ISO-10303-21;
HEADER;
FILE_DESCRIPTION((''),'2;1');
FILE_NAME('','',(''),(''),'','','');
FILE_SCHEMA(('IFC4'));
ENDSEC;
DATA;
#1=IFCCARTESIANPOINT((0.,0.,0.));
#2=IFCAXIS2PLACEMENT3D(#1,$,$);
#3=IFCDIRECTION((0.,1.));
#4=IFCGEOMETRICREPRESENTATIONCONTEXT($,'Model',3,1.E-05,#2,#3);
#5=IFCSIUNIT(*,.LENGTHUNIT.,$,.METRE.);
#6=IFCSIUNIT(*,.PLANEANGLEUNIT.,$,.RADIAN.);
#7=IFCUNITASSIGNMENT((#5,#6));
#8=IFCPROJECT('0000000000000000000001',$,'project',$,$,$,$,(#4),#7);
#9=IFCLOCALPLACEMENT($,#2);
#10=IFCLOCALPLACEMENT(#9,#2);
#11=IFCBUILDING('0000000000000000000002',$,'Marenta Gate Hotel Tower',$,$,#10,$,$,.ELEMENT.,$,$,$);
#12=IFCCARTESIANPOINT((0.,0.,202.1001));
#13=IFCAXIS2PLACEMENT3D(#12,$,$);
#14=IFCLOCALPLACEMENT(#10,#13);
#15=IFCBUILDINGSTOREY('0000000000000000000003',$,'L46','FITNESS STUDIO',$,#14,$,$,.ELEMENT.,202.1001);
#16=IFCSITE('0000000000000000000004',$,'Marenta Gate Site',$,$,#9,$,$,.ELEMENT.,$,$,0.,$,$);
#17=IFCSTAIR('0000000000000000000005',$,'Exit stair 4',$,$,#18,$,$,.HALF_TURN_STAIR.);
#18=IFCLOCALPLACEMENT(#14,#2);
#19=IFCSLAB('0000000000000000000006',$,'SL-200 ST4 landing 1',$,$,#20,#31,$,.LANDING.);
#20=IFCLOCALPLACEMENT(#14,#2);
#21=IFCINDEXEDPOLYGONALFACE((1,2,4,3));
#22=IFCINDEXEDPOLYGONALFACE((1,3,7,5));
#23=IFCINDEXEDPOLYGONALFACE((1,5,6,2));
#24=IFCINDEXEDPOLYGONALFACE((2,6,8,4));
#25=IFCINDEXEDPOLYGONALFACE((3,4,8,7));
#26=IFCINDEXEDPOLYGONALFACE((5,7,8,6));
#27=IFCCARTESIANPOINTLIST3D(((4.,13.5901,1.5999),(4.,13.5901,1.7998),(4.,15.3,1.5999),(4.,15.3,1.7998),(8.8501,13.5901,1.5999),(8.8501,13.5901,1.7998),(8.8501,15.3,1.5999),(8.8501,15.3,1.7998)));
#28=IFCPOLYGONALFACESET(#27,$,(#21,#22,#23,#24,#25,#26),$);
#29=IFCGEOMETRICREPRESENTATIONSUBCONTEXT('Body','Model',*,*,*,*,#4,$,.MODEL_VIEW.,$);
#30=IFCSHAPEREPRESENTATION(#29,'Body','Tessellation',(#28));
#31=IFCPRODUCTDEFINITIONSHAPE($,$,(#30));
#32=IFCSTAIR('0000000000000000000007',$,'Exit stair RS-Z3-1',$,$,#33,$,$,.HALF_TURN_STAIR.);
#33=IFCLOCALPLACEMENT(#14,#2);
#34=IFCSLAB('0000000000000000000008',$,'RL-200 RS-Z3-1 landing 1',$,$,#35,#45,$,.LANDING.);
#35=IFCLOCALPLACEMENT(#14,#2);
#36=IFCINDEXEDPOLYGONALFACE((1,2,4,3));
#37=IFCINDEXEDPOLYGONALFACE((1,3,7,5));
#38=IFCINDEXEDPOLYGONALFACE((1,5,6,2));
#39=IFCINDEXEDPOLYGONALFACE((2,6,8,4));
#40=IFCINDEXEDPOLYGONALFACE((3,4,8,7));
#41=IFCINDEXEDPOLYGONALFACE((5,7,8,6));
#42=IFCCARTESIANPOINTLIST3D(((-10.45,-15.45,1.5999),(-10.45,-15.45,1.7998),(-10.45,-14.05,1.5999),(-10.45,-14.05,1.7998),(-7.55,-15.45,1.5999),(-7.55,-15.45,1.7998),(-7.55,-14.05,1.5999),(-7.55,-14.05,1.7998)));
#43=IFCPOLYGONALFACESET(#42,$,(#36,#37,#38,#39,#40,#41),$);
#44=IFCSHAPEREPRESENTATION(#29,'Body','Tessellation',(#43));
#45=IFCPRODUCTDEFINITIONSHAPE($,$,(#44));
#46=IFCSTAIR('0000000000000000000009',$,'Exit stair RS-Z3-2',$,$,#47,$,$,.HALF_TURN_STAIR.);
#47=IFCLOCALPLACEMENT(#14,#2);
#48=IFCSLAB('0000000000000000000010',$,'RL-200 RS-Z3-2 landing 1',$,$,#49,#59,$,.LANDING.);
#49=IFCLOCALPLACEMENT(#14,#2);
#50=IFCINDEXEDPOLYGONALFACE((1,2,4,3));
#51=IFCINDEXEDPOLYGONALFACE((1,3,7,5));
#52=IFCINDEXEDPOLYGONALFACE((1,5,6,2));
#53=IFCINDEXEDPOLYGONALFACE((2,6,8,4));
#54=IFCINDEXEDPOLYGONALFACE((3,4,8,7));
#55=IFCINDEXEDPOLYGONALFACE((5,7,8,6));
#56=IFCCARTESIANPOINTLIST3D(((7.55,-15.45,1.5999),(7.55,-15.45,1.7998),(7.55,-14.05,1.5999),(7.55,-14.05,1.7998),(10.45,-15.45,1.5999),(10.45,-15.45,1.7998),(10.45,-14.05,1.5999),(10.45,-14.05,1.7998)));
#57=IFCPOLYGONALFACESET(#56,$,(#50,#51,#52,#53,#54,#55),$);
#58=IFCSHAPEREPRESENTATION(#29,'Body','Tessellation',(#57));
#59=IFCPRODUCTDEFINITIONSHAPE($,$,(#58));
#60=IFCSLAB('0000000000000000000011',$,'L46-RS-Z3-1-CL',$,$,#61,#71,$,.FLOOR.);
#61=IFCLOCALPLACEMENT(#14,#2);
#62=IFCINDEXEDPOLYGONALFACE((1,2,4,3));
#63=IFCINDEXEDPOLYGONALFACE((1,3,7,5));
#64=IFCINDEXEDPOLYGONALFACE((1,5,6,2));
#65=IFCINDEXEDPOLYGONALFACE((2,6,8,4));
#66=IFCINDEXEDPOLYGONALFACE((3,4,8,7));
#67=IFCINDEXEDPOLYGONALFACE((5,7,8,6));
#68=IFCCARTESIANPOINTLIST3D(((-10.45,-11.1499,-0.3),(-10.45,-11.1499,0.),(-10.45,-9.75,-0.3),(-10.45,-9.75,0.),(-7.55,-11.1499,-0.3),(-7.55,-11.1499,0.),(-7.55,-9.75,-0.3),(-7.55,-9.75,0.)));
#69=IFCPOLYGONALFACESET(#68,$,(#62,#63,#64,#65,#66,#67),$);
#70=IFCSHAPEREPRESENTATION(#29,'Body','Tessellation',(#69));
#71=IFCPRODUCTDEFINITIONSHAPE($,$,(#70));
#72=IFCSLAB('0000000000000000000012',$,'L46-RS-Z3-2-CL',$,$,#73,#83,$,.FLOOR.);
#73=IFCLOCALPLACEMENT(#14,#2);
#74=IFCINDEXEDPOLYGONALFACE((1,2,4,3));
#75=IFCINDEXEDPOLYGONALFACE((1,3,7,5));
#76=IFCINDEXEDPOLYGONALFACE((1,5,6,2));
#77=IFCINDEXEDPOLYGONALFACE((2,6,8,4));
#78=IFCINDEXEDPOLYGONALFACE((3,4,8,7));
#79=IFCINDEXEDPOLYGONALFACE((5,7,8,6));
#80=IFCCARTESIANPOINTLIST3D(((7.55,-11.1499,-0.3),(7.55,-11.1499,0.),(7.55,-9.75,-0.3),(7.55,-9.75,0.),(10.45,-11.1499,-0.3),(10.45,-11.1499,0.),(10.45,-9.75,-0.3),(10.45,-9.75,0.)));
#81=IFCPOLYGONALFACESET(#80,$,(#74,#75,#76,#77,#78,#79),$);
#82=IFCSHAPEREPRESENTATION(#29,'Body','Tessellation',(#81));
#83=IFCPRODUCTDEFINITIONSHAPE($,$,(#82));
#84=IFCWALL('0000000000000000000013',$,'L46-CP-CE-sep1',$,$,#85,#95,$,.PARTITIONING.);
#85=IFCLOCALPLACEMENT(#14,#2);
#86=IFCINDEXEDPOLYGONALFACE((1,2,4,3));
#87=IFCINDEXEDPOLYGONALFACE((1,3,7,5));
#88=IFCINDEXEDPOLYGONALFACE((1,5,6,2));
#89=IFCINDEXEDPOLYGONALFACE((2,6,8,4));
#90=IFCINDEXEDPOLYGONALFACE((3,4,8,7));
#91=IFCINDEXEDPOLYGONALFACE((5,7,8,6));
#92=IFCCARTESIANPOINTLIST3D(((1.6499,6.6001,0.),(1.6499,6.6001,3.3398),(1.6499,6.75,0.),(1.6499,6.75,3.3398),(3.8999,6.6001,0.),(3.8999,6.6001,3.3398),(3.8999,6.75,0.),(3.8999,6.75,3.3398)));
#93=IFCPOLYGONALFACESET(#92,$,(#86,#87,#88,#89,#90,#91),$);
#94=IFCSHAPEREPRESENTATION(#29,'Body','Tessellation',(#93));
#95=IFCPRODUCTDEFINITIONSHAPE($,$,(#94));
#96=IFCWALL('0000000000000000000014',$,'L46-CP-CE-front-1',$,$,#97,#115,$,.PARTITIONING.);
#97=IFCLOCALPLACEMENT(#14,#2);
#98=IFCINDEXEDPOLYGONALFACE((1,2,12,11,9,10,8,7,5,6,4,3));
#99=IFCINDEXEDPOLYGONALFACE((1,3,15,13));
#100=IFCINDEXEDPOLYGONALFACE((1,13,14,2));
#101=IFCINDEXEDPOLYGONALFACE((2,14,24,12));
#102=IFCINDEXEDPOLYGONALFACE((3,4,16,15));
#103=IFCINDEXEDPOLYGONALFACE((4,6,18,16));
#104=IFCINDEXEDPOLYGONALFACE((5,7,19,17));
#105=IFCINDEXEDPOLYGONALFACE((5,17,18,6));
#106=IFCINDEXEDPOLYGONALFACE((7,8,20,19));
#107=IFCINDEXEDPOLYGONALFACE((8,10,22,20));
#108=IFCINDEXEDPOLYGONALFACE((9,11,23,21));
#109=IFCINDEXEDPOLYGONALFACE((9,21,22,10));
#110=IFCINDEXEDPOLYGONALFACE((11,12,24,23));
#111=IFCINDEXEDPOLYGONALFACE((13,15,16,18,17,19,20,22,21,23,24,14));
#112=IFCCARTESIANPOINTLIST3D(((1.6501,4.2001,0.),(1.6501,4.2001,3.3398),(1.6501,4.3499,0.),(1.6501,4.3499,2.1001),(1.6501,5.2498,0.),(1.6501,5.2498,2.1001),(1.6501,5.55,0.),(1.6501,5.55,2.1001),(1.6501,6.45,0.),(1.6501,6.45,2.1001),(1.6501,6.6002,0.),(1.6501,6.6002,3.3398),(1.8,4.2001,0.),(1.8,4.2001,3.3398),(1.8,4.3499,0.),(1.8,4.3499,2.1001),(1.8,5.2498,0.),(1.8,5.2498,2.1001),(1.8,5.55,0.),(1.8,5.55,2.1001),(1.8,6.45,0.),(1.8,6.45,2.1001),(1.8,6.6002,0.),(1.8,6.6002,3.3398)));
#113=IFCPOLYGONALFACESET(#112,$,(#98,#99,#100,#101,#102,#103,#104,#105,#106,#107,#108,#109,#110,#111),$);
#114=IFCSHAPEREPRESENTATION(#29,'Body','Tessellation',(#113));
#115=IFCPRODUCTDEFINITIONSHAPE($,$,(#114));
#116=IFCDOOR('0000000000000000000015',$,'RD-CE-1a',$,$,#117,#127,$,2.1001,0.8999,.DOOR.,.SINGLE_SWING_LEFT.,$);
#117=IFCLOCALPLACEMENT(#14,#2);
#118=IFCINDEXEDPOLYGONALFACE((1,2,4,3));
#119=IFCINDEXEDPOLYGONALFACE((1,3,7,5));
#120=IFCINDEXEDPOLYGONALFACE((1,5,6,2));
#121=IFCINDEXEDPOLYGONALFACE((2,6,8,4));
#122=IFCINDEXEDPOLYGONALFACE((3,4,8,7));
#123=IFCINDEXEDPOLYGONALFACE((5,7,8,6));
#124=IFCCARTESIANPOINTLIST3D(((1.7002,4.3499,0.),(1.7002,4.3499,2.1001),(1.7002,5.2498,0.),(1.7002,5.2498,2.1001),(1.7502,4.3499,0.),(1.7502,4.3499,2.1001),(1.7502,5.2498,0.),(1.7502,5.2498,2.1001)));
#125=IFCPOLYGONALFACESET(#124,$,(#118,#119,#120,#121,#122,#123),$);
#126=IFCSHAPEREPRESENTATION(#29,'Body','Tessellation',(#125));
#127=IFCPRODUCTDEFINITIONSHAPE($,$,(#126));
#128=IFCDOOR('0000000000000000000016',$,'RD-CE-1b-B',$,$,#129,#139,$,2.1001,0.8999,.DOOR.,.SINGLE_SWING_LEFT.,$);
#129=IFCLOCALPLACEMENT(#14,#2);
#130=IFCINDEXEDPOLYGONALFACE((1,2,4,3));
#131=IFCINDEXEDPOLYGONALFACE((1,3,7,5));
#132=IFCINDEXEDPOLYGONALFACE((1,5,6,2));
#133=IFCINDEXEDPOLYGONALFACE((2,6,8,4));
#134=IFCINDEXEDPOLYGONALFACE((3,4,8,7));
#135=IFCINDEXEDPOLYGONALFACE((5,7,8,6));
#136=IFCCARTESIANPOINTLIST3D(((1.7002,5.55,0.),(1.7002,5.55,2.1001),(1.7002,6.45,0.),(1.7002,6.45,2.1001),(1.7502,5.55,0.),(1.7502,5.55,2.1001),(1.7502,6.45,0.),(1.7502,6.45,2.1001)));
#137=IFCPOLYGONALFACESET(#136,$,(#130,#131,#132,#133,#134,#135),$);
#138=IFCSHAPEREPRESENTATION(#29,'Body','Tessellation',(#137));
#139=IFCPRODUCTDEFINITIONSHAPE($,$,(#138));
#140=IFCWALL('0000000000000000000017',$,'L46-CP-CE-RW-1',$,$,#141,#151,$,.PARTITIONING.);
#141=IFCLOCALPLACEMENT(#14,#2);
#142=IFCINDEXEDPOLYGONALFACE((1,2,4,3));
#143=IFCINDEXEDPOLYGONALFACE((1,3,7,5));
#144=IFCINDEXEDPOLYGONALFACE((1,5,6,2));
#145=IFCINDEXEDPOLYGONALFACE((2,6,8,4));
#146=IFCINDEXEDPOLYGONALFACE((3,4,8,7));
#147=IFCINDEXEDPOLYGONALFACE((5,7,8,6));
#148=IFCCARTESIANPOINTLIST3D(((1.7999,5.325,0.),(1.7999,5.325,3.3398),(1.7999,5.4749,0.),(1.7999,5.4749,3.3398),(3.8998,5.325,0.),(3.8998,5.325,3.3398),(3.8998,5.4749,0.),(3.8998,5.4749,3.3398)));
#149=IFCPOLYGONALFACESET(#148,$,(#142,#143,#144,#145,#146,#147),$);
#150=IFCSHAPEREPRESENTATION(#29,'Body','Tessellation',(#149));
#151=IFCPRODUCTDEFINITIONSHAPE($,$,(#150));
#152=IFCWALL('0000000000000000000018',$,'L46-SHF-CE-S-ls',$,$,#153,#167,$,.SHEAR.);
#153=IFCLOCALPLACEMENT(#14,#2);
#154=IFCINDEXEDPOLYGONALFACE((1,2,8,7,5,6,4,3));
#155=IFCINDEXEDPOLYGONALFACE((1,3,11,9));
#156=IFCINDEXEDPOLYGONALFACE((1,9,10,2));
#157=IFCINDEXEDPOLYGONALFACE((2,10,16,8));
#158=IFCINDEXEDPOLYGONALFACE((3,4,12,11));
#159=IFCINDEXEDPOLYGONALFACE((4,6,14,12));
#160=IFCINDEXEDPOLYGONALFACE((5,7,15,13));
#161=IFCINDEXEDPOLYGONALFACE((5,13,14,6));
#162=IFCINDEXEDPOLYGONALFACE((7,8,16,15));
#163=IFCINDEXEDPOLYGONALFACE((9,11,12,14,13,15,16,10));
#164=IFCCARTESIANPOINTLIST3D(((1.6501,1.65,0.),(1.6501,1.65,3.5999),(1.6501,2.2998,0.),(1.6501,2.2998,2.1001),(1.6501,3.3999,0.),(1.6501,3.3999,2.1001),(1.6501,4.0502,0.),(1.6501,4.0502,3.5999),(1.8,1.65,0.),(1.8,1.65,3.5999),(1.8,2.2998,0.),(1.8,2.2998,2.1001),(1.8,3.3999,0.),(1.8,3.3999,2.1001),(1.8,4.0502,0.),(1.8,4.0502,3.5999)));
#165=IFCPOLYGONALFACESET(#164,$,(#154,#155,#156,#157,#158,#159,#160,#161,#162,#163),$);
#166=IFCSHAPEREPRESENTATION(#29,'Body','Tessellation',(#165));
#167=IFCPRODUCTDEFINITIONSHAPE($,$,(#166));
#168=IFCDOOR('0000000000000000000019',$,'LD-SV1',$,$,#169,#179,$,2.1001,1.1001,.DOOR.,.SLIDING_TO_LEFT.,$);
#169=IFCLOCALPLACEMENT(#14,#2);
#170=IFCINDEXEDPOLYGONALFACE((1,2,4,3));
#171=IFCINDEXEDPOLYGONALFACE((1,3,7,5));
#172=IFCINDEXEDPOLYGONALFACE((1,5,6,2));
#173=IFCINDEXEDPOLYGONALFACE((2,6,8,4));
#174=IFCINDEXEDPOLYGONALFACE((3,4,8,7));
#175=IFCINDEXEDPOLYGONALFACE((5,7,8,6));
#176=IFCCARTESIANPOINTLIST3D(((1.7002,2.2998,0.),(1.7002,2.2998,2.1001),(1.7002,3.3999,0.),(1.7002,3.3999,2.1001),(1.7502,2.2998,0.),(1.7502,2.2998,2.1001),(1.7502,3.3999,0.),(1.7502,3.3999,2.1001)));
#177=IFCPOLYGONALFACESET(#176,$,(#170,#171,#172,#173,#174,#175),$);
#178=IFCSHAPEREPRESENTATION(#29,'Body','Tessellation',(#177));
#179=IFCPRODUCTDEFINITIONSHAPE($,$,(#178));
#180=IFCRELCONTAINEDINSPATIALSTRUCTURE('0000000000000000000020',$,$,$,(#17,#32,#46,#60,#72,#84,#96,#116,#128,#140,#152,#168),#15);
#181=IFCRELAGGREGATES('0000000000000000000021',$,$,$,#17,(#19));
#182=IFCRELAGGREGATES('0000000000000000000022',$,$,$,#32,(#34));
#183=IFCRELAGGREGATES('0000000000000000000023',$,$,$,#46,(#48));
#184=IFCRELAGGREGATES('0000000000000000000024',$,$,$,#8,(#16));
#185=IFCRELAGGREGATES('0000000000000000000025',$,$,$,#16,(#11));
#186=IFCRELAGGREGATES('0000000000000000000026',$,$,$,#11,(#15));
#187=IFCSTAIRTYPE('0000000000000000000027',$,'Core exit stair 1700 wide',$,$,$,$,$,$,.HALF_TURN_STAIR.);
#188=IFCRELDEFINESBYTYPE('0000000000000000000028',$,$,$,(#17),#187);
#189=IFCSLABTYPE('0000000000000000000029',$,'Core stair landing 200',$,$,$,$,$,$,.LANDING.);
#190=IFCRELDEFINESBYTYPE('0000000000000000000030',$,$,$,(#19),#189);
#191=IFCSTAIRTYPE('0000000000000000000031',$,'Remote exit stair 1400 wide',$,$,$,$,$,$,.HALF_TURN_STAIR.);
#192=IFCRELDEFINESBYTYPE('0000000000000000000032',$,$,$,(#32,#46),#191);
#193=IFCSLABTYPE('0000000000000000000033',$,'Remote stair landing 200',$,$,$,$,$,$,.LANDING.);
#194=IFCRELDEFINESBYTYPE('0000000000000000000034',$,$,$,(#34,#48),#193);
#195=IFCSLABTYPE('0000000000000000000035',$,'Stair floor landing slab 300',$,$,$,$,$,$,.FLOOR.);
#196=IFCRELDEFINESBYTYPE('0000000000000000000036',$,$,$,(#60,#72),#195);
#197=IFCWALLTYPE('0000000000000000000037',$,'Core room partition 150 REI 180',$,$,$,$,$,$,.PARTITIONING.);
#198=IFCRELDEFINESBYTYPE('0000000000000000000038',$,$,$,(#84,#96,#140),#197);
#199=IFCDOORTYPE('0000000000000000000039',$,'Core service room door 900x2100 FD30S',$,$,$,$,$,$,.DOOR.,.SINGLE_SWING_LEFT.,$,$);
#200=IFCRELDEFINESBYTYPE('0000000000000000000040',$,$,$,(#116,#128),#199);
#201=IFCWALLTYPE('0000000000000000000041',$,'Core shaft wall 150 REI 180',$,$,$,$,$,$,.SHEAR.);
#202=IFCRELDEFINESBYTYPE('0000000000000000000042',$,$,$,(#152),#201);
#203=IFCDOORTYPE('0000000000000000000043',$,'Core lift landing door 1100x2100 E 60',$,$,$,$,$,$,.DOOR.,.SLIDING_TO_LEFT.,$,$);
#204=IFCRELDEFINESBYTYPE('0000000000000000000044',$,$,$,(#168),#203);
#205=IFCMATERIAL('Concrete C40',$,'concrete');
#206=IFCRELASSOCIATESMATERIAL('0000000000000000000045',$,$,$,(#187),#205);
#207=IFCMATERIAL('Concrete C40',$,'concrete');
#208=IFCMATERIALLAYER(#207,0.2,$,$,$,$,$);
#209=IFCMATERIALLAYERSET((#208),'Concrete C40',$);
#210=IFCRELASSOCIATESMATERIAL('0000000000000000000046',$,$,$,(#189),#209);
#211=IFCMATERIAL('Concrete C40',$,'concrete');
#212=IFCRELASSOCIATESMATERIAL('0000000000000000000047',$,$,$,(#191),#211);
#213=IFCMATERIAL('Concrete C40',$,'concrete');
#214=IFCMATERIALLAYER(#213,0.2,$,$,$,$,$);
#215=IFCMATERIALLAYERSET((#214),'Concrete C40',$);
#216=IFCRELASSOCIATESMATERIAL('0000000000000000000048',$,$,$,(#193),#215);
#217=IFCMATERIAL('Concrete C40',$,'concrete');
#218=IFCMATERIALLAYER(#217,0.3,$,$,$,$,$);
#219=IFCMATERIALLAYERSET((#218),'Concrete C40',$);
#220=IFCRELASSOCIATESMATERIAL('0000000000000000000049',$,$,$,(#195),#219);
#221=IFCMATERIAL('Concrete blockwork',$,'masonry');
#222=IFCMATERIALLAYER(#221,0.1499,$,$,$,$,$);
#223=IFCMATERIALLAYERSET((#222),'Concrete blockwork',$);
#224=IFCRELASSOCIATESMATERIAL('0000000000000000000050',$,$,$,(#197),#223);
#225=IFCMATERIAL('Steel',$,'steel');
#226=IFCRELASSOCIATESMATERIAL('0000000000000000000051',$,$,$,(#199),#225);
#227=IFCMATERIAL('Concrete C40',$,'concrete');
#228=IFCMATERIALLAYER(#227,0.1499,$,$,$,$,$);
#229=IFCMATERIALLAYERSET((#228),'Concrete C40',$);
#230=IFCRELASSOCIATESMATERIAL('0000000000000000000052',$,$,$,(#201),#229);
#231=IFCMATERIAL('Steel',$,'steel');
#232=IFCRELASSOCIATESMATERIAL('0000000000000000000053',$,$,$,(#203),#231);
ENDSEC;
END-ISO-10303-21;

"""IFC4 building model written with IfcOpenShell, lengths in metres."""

from ifc_helpers import new_model, si_unit, direction, frame, frame_2d, origin, place, context, subcontext, project, spatial, polyline, rectangle, outline, extrude, material, layer, layer_set, type_object, element, fill, aggregate, save


model = new_model("IFC4")

# Units and contexts
model_context = context("Model", 3, precision=1e-05, world=origin(), true_north=direction((0.0, 1.0)))
body_context = subcontext(model_context, "Body", "Model", "MODEL_VIEW")
ifc_project = project(units=[si_unit("LENGTHUNIT", "METRE"), si_unit("PLANEANGLEUNIT", "RADIAN")], contexts=[model_context])

# Site, building, storey
site_placement = place(None, origin())
site = spatial("IfcSite", under=ifc_project, at=site_placement, Name="Marenta Gate Site", CompositionType="ELEMENT", RefElevation=0.0)
building_placement = place(site_placement, origin())
building = spatial("IfcBuilding", under=site, at=building_placement, Name="Marenta Gate Hotel Tower", CompositionType="ELEMENT")
storey_placement = place(building_placement, frame((0.0, 0.0, 202.1001)))
storey = spatial("IfcBuildingStorey", under=building, at=storey_placement, Name="L46", Description="FITNESS STUDIO", CompositionType="ELEMENT", Elevation=202.1001)

# Stairs, slabs
ifc_material_1 = material(Name="Concrete C40", Category="concrete")
stair_type_1 = type_object("IfcStairType", Name="Core exit stair 1700 wide", PredefinedType="HALF_TURN_STAIR", material=ifc_material_1)
ifc_material_2 = material(Name="Concrete C40", Category="concrete")
ifc_layer_1 = layer(ifc_material_2, 0.2)
ifc_layer_set_1 = layer_set([ifc_layer_1], Name="Concrete C40")
slab_type_1 = type_object("IfcSlabType", Name="Core stair landing 200", PredefinedType="LANDING", material=ifc_layer_set_1)
stair_1_placement = place(storey_placement, origin())
stair_1 = element("IfcStair", 1, at=stair_1_placement, inside=storey, type_object=stair_type_1, Name="Exit stair 4", PredefinedType="HALF_TURN_STAIR")
slab_1_placement = place(storey_placement, frame((0.0, 0.0, 1.5999)))
slab_1 = element("IfcSlab", 2, at=slab_1_placement, type_object=slab_type_1, Name="SL-200 ST4 landing 1", PredefinedType="LANDING", context=body_context, shape_type="SweptSolid", body=[
    extrude(outline(polyline([(4.0, 13.5901), (8.8501, 13.5901), (8.8501, 15.3), (4.0, 15.3), (4.0, 13.5901)])), origin(), (0.0, 0.0, 1.0), 0.2),
])
aggregate(stair_1, [slab_1])
ifc_material_3 = material(Name="Concrete C40", Category="concrete")
stair_type_2 = type_object("IfcStairType", Name="Remote exit stair 1400 wide", PredefinedType="HALF_TURN_STAIR", material=ifc_material_3)
stair_2_placement = place(storey_placement, origin())
stair_2 = element("IfcStair", 3, at=stair_2_placement, inside=storey, type_object=stair_type_2, Name="Exit stair RS-Z3-1", PredefinedType="HALF_TURN_STAIR")
ifc_material_4 = material(Name="Concrete C40", Category="concrete")
ifc_layer_2 = layer(ifc_material_4, 0.2)
ifc_layer_set_2 = layer_set([ifc_layer_2], Name="Concrete C40")
slab_type_2 = type_object("IfcSlabType", Name="Remote stair landing 200", PredefinedType="LANDING", material=ifc_layer_set_2)
slab_2_placement = place(storey_placement, frame((0.0, 0.0, 1.5999)))
slab_2 = element("IfcSlab", 4, at=slab_2_placement, type_object=slab_type_2, Name="RL-200 RS-Z3-1 landing 1", PredefinedType="LANDING", context=body_context, shape_type="SweptSolid", body=[
    extrude(outline(polyline([(-10.45, -15.45), (-7.55, -15.45), (-7.55, -14.05), (-10.45, -14.05), (-10.45, -15.45)])), origin(), (0.0, 0.0, 1.0), 0.2),
])
aggregate(stair_2, [slab_2])
stair_3_placement = place(storey_placement, origin())
stair_3 = element("IfcStair", 5, at=stair_3_placement, inside=storey, type_object=stair_type_2, Name="Exit stair RS-Z3-2", PredefinedType="HALF_TURN_STAIR")
slab_3_placement = place(storey_placement, frame((0.0, 0.0, 1.5999)))
slab_3 = element("IfcSlab", 6, at=slab_3_placement, type_object=slab_type_2, Name="RL-200 RS-Z3-2 landing 1", PredefinedType="LANDING", context=body_context, shape_type="SweptSolid", body=[
    extrude(outline(polyline([(7.55, -15.45), (10.45, -15.45), (10.45, -14.05), (7.55, -14.05), (7.55, -15.45)])), origin(), (0.0, 0.0, 1.0), 0.2),
])
aggregate(stair_3, [slab_3])

# Slabs
ifc_material_5 = material(Name="Concrete C40", Category="concrete")
ifc_layer_3 = layer(ifc_material_5, 0.3)
ifc_layer_set_3 = layer_set([ifc_layer_3], Name="Concrete C40")
slab_type_3 = type_object("IfcSlabType", Name="Stair floor landing slab 300", PredefinedType="FLOOR", material=ifc_layer_set_3)
slab_4_placement = place(storey_placement, frame((0.0, 0.0, -0.3)))
element("IfcSlab", 7, at=slab_4_placement, inside=storey, type_object=slab_type_3, Name="L46-RS-Z3-1-CL", PredefinedType="FLOOR", context=body_context, shape_type="SweptSolid", body=[
    extrude(outline(polyline([(-7.55, -11.1499), (-7.55, -9.75), (-10.45, -9.75), (-10.45, -11.1499), (-7.55, -11.1499)])), origin(), (0.0, 0.0, 1.0), 0.3),
])
slab_5_placement = place(storey_placement, frame((0.0, 0.0, -0.3)))
element("IfcSlab", 8, at=slab_5_placement, inside=storey, type_object=slab_type_3, Name="L46-RS-Z3-2-CL", PredefinedType="FLOOR", context=body_context, shape_type="SweptSolid", body=[
    extrude(outline(polyline([(10.45, -11.1499), (10.45, -9.75), (7.55, -9.75), (7.55, -11.1499), (10.45, -11.1499)])), origin(), (0.0, 0.0, 1.0), 0.3),
])

# Wall
ifc_material_6 = material(Name="Concrete blockwork", Category="masonry")
ifc_layer_4 = layer(ifc_material_6, 0.1499)
ifc_layer_set_4 = layer_set([ifc_layer_4], Name="Concrete blockwork")
wall_type_1 = type_object("IfcWallType", Name="Core room partition 150 REI 180", PredefinedType="PARTITIONING", material=ifc_layer_set_4)
wall_1_placement = place(storey_placement, frame((1.6499, 6.675, 0.0), z_axis=(0.0, 0.0, 1.0), x_axis=(1.0, 0.0, 0.0)))
element("IfcWall", 9, at=wall_1_placement, inside=storey, type_object=wall_type_1, Name="L46-CP-CE-sep1", PredefinedType="PARTITIONING", context=body_context, shape_type="SweptSolid", body=[
    extrude(rectangle(XDim=2.25, YDim=0.1499, at=frame_2d((1.125, 0.0))), origin(), (0.0, 0.0, 1.0), 3.3398),
])

# Wall, openings, doors
wall_2_placement = place(storey_placement, frame((1.7251, 4.2, 0.0), z_axis=(0.0, 0.0, 1.0), x_axis=(0.0, 1.0, 0.0)))
wall_2 = element("IfcWall", 10, at=wall_2_placement, inside=storey, type_object=wall_type_1, Name="L46-CP-CE-front-1", PredefinedType="PARTITIONING", context=body_context, shape_type="SweptSolid", body=[
    extrude(rectangle(XDim=2.4001, YDim=0.1499, at=frame_2d((1.2002, 0.0))), origin(), (0.0, 0.0, 1.0), 3.3398),
])
opening_1_placement = place(wall_2_placement, frame((0.1499, 0.0, 0.0)))
opening_1 = element("IfcOpeningElement", 11, at=opening_1_placement, cuts=wall_2, PredefinedType="OPENING", context=body_context, shape_type="SweptSolid", body=[
    extrude(rectangle(XDim=0.8999, YDim=2.1001, at=frame_2d((0.45, 1.05))), frame((0.0, 0.075, 0.0), z_axis=(0.0, -1.0, 0.0), x_axis=(1.0, 0.0, 0.0)), (0.0, 0.0, 1.0), 0.1499),
])
opening_2_placement = place(wall_2_placement, frame((1.3501, 0.0, 0.0)))
opening_2 = element("IfcOpeningElement", 12, at=opening_2_placement, cuts=wall_2, PredefinedType="OPENING", context=body_context, shape_type="SweptSolid", body=[
    extrude(rectangle(XDim=0.8999, YDim=2.1001, at=frame_2d((0.45, 1.05))), frame((0.0, 0.075, 0.0), z_axis=(0.0, -1.0, 0.0), x_axis=(1.0, 0.0, 0.0)), (0.0, 0.0, 1.0), 0.1499),
])
ifc_material_7 = material(Name="Steel", Category="steel")
door_type_1 = type_object("IfcDoorType", Name="Core service room door 900x2100 FD30S", OperationType="SINGLE_SWING_LEFT", PredefinedType="DOOR", material=ifc_material_7)
door_1_placement = place(opening_1_placement, origin())
door_1 = element("IfcDoor", 13, at=door_1_placement, inside=storey, type_object=door_type_1, Name="RD-CE-1a", OperationType="SINGLE_SWING_LEFT", OverallHeight=2.1001, OverallWidth=0.8999, PredefinedType="DOOR", context=body_context, shape_type="SweptSolid", body=[
    extrude(rectangle(XDim=0.8999, YDim=2.1001, at=frame_2d((0.45, 1.05))), frame((0.0, 0.0249, 0.0), z_axis=(0.0, -1.0, 0.0), x_axis=(1.0, 0.0, 0.0)), (0.0, 0.0, 1.0), 0.05),
])
fill(opening_1, door_1)
door_2_placement = place(opening_2_placement, origin())
door_2 = element("IfcDoor", 14, at=door_2_placement, inside=storey, type_object=door_type_1, Name="RD-CE-1b-B", OperationType="SINGLE_SWING_LEFT", OverallHeight=2.1001, OverallWidth=0.8999, PredefinedType="DOOR", context=body_context, shape_type="SweptSolid", body=[
    extrude(rectangle(XDim=0.8999, YDim=2.1001, at=frame_2d((0.45, 1.05))), frame((0.0, 0.0249, 0.0), z_axis=(0.0, -1.0, 0.0), x_axis=(1.0, 0.0, 0.0)), (0.0, 0.0, 1.0), 0.05),
])
fill(opening_2, door_2)

# Wall
wall_3_placement = place(storey_placement, frame((1.8, 5.3999, 0.0), z_axis=(0.0, 0.0, 1.0), x_axis=(1.0, 0.0, 0.0)))
element("IfcWall", 15, at=wall_3_placement, inside=storey, type_object=wall_type_1, Name="L46-CP-CE-RW-1", PredefinedType="PARTITIONING", context=body_context, shape_type="SweptSolid", body=[
    extrude(rectangle(XDim=2.0999, YDim=0.1499, at=frame_2d((1.0498, 0.0))), origin(), (0.0, 0.0, 1.0), 3.3398),
])

# Wall, opening, door
ifc_material_8 = material(Name="Concrete C40", Category="concrete")
ifc_layer_5 = layer(ifc_material_8, 0.1499)
ifc_layer_set_5 = layer_set([ifc_layer_5], Name="Concrete C40")
wall_type_2 = type_object("IfcWallType", Name="Core shaft wall 150 REI 180", PredefinedType="SHEAR", material=ifc_layer_set_5)
wall_4_placement = place(storey_placement, frame((1.7251, 1.6499, 0.0), z_axis=(0.0, 0.0, 1.0), x_axis=(0.0, 1.0, 0.0)))
wall_4 = element("IfcWall", 16, at=wall_4_placement, inside=storey, type_object=wall_type_2, Name="L46-SHF-CE-S-ls", PredefinedType="SHEAR", context=body_context, shape_type="SweptSolid", body=[
    extrude(rectangle(XDim=2.4001, YDim=0.1499, at=frame_2d((1.2002, 0.0))), origin(), (0.0, 0.0, 1.0), 3.5999),
])
opening_3_placement = place(wall_4_placement, frame((0.6499, 0.0, 0.0)))
opening_3 = element("IfcOpeningElement", 17, at=opening_3_placement, cuts=wall_4, PredefinedType="OPENING", context=body_context, shape_type="SweptSolid", body=[
    extrude(rectangle(XDim=1.1001, YDim=2.1001, at=frame_2d((0.55, 1.05))), frame((0.0, 0.075, 0.0), z_axis=(0.0, -1.0, 0.0), x_axis=(1.0, 0.0, 0.0)), (0.0, 0.0, 1.0), 0.1499),
])
ifc_material_9 = material(Name="Steel", Category="steel")
door_type_2 = type_object("IfcDoorType", Name="Core lift landing door 1100x2100 E 60", OperationType="SLIDING_TO_LEFT", PredefinedType="DOOR", material=ifc_material_9)
door_3_placement = place(opening_3_placement, origin())
door_3 = element("IfcDoor", 18, at=door_3_placement, inside=storey, type_object=door_type_2, Name="LD-SV1", OperationType="SLIDING_TO_LEFT", OverallHeight=2.1001, OverallWidth=1.1001, PredefinedType="DOOR", context=body_context, shape_type="SweptSolid", body=[
    extrude(rectangle(XDim=1.1001, YDim=2.1001, at=frame_2d((0.55, 1.05))), frame((0.0, 0.0249, 0.0), z_axis=(0.0, -1.0, 0.0), x_axis=(1.0, 0.0, 0.0)), (0.0, 0.0, 1.0), 0.05),
])
fill(opening_3, door_3)

save(model, "model.ifc")
